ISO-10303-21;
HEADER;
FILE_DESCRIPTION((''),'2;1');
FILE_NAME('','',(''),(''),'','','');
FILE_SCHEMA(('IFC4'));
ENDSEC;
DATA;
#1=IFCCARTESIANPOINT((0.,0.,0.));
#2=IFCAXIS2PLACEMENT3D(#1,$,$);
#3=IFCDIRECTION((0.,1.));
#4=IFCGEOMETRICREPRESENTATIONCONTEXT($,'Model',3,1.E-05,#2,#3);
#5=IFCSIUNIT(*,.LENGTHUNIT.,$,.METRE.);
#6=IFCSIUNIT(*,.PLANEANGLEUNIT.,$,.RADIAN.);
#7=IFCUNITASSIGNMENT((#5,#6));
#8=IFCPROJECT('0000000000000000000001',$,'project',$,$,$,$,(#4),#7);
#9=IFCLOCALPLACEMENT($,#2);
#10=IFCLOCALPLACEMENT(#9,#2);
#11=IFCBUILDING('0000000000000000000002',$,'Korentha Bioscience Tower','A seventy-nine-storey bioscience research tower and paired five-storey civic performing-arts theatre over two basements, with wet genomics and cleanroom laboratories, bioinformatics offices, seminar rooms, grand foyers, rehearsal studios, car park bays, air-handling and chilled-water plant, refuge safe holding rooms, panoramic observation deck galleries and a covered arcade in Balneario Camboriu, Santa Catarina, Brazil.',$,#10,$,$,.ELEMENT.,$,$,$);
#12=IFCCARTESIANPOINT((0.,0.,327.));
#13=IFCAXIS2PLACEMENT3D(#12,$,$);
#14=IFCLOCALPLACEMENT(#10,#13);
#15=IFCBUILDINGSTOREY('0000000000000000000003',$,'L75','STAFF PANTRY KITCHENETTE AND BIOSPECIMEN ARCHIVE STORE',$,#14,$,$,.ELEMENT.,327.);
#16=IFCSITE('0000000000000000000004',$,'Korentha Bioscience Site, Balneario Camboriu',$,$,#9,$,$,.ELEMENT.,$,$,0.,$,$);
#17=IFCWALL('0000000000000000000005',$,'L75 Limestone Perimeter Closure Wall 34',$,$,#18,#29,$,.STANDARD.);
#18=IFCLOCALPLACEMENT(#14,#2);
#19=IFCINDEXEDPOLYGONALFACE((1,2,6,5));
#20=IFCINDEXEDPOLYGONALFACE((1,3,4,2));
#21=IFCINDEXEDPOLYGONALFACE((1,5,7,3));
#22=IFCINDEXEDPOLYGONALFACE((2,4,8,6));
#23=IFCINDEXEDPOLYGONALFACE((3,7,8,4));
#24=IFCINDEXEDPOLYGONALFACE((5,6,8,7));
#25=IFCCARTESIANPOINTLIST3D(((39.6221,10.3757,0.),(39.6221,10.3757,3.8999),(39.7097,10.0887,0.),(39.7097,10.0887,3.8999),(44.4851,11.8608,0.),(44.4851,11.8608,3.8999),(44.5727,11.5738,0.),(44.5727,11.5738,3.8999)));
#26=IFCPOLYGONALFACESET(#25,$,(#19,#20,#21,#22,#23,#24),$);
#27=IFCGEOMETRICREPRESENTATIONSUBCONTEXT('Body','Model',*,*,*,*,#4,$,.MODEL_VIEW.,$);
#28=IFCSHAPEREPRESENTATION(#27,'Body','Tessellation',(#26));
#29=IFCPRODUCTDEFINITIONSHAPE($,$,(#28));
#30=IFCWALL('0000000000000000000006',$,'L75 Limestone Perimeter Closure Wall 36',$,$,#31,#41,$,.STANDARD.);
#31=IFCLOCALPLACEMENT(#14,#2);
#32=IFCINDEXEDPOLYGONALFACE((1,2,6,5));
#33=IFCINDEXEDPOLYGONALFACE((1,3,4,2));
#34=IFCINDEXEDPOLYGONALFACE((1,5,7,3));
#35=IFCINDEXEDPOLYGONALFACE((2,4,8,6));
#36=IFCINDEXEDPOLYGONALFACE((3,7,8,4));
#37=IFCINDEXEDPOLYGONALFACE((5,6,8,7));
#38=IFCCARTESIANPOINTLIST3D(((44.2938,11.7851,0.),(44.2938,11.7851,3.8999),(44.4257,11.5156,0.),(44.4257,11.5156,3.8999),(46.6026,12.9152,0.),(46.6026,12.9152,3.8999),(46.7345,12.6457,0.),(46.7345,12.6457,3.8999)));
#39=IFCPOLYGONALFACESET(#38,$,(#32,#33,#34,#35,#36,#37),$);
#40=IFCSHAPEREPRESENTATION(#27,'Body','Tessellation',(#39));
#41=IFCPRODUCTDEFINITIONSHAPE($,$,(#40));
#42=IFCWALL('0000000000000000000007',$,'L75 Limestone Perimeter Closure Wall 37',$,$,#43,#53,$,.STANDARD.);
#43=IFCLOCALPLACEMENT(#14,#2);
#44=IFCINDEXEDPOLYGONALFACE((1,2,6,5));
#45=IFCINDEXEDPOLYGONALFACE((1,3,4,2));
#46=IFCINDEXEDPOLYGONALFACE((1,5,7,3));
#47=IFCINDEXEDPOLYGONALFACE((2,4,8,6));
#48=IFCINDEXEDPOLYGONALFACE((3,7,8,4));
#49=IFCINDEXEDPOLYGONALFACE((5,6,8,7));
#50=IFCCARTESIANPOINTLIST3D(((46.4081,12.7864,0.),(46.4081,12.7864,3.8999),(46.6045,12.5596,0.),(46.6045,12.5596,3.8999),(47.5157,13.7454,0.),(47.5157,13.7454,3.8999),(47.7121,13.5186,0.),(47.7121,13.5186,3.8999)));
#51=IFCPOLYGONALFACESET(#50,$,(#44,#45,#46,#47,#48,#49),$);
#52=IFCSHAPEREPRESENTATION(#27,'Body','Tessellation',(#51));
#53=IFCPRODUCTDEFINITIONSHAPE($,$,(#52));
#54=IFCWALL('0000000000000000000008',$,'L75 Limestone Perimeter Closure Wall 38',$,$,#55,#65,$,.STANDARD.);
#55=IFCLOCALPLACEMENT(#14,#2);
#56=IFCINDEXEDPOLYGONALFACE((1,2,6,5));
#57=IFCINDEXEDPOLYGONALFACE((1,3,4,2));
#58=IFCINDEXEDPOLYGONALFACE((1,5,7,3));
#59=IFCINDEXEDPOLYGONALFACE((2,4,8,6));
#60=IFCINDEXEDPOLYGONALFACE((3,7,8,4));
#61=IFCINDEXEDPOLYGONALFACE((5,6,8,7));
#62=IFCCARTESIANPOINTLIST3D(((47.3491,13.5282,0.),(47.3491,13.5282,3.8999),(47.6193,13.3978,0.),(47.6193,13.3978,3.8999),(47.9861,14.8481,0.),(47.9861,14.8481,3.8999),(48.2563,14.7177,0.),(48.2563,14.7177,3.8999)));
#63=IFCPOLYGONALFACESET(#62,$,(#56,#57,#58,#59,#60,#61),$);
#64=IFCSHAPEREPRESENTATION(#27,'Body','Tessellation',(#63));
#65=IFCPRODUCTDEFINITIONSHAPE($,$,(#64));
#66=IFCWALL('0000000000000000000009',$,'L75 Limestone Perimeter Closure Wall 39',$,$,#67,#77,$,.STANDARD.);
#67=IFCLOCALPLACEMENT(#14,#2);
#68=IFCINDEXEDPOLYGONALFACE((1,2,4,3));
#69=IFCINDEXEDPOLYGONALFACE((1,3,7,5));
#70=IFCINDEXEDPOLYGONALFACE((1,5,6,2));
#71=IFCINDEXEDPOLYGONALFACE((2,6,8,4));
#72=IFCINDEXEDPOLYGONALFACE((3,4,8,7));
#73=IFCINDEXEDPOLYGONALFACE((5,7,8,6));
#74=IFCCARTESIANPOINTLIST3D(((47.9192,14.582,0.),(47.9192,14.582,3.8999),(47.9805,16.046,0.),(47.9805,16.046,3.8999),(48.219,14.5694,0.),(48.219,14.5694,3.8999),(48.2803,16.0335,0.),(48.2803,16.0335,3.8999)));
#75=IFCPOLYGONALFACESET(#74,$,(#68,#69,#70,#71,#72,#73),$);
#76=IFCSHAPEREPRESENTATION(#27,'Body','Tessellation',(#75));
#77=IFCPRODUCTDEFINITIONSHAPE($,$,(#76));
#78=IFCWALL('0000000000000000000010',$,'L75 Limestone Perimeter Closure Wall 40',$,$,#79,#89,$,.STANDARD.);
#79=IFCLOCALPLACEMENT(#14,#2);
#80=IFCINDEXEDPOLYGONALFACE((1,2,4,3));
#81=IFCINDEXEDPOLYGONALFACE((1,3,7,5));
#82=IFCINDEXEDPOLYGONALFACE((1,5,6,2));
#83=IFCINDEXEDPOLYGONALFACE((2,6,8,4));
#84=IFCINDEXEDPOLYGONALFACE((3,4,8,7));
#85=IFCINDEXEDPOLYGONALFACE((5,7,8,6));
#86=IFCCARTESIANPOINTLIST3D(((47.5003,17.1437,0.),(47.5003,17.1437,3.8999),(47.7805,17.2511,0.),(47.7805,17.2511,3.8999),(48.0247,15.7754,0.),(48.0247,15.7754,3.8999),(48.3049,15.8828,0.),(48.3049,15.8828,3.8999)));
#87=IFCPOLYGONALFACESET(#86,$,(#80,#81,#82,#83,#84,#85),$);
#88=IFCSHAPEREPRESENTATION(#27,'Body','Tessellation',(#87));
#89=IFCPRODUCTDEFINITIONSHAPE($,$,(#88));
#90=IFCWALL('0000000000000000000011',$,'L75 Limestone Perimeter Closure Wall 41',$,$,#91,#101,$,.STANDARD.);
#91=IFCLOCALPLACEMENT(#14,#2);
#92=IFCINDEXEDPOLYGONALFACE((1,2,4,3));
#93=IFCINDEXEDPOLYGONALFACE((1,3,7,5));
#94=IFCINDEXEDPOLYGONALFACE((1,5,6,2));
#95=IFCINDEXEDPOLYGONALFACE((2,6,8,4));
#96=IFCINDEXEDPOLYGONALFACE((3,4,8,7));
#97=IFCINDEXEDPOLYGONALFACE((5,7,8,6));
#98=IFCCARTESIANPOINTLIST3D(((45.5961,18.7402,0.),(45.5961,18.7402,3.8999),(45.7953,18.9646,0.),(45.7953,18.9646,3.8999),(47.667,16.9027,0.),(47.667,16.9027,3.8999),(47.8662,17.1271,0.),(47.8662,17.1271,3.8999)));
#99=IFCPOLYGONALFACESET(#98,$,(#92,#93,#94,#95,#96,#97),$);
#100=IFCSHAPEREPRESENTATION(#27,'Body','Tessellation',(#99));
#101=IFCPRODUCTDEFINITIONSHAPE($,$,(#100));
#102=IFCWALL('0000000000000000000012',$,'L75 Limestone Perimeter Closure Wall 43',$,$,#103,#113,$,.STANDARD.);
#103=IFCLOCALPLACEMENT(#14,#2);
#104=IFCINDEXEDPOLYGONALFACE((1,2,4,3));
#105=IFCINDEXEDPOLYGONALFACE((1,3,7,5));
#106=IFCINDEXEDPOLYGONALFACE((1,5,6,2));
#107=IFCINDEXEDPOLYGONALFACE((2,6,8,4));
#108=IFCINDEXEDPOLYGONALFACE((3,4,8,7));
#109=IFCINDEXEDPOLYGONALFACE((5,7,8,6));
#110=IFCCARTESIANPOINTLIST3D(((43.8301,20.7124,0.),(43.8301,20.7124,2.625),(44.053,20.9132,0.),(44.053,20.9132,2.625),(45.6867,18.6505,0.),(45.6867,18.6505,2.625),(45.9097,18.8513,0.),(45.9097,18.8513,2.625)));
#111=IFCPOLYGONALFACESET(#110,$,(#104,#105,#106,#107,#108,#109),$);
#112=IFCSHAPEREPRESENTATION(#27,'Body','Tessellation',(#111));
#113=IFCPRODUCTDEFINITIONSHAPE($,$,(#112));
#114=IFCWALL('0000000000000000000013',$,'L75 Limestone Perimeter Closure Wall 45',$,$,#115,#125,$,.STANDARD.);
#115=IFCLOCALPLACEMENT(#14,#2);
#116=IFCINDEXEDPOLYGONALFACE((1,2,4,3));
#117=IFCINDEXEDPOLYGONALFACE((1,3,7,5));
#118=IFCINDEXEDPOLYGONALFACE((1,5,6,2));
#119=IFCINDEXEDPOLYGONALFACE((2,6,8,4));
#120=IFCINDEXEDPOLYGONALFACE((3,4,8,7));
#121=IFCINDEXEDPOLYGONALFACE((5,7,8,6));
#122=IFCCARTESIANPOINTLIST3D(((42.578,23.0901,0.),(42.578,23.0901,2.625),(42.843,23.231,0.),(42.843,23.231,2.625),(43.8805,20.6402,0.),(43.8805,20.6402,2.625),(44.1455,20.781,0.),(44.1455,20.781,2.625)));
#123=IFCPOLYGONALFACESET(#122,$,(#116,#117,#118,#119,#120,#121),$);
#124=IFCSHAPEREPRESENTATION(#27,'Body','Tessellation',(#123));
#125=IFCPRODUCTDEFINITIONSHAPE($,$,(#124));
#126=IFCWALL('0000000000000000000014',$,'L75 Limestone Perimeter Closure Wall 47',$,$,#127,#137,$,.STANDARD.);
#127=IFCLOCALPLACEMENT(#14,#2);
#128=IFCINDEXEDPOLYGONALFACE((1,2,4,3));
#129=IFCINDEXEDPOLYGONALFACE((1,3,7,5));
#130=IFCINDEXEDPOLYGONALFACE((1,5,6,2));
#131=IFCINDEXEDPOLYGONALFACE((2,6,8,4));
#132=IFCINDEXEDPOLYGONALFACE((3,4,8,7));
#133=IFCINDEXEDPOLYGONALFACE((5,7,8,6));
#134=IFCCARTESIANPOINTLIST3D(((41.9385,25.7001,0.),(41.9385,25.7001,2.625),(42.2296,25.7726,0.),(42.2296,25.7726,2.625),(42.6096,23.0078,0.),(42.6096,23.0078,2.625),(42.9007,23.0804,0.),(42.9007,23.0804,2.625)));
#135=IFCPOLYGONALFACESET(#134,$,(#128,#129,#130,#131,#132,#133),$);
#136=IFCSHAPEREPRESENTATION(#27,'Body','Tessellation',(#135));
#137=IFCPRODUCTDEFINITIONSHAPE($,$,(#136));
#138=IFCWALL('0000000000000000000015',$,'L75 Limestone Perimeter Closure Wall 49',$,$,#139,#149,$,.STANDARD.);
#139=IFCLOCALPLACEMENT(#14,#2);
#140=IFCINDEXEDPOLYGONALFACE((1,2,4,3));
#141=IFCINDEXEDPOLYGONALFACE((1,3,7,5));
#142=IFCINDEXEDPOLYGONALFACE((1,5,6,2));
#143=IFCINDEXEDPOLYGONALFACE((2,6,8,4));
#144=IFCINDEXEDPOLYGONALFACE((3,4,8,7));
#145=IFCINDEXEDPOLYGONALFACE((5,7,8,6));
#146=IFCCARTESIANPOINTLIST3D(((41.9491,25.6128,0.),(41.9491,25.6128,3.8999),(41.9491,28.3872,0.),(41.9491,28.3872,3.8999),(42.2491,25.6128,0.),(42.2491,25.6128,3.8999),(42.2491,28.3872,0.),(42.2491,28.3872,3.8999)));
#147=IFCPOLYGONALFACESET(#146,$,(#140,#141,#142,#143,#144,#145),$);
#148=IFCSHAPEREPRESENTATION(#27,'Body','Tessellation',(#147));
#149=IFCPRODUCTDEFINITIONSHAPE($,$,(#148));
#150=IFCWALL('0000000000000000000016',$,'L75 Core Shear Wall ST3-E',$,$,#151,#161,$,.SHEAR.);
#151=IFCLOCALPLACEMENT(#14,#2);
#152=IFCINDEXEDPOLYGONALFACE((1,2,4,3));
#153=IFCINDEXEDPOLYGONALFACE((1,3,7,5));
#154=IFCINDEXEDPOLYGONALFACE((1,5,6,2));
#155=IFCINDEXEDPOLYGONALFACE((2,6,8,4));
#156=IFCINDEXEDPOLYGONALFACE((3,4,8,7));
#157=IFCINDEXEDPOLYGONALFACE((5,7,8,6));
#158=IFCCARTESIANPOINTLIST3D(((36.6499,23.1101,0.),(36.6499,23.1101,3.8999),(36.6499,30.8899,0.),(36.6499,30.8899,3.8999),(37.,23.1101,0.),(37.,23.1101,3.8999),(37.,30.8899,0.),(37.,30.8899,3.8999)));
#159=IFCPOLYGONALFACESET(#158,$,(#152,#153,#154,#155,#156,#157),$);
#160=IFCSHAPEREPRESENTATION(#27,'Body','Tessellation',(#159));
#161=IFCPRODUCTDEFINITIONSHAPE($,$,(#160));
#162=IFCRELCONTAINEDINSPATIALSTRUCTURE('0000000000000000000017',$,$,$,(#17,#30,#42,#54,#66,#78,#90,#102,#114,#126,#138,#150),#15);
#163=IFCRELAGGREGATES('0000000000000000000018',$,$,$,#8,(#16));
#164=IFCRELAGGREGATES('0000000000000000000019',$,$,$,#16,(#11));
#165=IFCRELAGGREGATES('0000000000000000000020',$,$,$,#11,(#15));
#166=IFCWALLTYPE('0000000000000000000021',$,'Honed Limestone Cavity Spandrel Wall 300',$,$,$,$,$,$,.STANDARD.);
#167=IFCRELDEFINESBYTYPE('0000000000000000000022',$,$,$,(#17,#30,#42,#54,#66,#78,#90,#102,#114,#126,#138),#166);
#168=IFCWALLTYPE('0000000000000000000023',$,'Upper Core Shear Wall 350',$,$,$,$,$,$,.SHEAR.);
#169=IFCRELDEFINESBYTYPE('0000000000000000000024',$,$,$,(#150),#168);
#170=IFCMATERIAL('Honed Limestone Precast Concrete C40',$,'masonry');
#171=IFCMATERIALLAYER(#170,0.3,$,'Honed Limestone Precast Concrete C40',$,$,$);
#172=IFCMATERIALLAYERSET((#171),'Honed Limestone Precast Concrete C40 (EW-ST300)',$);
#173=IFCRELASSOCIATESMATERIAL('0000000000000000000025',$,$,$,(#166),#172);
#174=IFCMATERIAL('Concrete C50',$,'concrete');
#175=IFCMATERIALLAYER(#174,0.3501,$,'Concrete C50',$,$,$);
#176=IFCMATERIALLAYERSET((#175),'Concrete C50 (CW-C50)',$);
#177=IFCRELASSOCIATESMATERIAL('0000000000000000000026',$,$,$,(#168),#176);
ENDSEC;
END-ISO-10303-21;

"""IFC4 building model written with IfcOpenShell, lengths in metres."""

from ifc_helpers import new_model, si_unit, direction, frame, frame_2d, origin, place, context, subcontext, project, spatial, rectangle, extrude, material, layer, layer_set, type_object, element, save


model = new_model("IFC4")

# Units and contexts
model_context = context("Model", 3, precision=1e-05, world=origin(), true_north=direction((0.0, 1.0)))
body_context = subcontext(model_context, "Body", "Model", "MODEL_VIEW")
ifc_project = project(units=[si_unit("LENGTHUNIT", "METRE"), si_unit("PLANEANGLEUNIT", "RADIAN")], contexts=[model_context])

# Site, building, storey
site_placement = place(None, origin())
site = spatial("IfcSite", under=ifc_project, at=site_placement, Name="Korentha Bioscience Site, Balneario Camboriu", CompositionType="ELEMENT", RefElevation=0.0)
building_placement = place(site_placement, origin())
building = spatial("IfcBuilding", under=site, at=building_placement, Name="Korentha Bioscience Tower", Description="A seventy-nine-storey bioscience research tower and paired five-storey civic performing-arts theatre over two basements, with wet genomics and cleanroom laboratories, bioinformatics offices, seminar rooms, grand foyers, rehearsal studios, car park bays, air-handling and chilled-water plant, refuge safe holding rooms, panoramic observation deck galleries and a covered arcade in Balneario Camboriu, Santa Catarina, Brazil.", CompositionType="ELEMENT")
storey_placement = place(building_placement, frame((0.0, 0.0, 327.0)))
storey = spatial("IfcBuildingStorey", under=building, at=storey_placement, Name="L75", Description="STAFF PANTRY KITCHENETTE AND BIOSPECIMEN ARCHIVE STORE", CompositionType="ELEMENT", Elevation=327.0)

# Shared definitions
ifc_material_1 = material(Name="Concrete C50", Category="concrete")

# Walls
ifc_material_2 = material(Name="Honed Limestone Precast Concrete C40", Category="masonry")
ifc_layer_1 = layer(ifc_material_2, 0.3, Name="Honed Limestone Precast Concrete C40")
ifc_layer_set_1 = layer_set([ifc_layer_1], Name="Honed Limestone Precast Concrete C40 (EW-ST300)")
wall_type_1 = type_object("IfcWallType", Name="Honed Limestone Cavity Spandrel Wall 300", PredefinedType="STANDARD", material=ifc_layer_set_1)
wall_1_placement = place(storey_placement, frame((39.6658, 10.2322, 0.0), z_axis=(0.0, 0.0, 1.0), x_axis=(0.956397, 0.292071, 0.0)))
element("IfcWall", 1, at=wall_1_placement, inside=storey, type_object=wall_type_1, Name="L75 Limestone Perimeter Closure Wall 34", PredefinedType="STANDARD", context=body_context, shape_type="SweptSolid", body=[
    extrude(rectangle(XDim=5.0847, YDim=0.3, at=frame_2d((2.5425, 0.0))), origin(), (0.0, 0.0, 1.0), 3.8999),
])
wall_2_placement = place(storey_placement, frame((44.3599, 11.6504, 0.0), z_axis=(0.0, 0.0, 1.0), x_axis=(0.898175, 0.439638, 0.0)))
element("IfcWall", 2, at=wall_2_placement, inside=storey, type_object=wall_type_1, Name="L75 Limestone Perimeter Closure Wall 36", PredefinedType="STANDARD", context=body_context, shape_type="SweptSolid", body=[
    extrude(rectangle(XDim=2.5706, YDim=0.3, at=frame_2d((1.2852, 0.0))), origin(), (0.0, 0.0, 1.0), 3.8999),
])
wall_3_placement = place(storey_placement, frame((46.5063, 12.6731, 0.0), z_axis=(0.0, 0.0, 1.0), x_axis=(0.756024, 0.654543, 0.0)))
element("IfcWall", 3, at=wall_3_placement, inside=storey, type_object=wall_type_1, Name="L75 Limestone Perimeter Closure Wall 37", PredefinedType="STANDARD", context=body_context, shape_type="SweptSolid", body=[
    extrude(rectangle(XDim=1.4651, YDim=0.3, at=frame_2d((0.7324, 0.0))), origin(), (0.0, 0.0, 1.0), 3.8999),
])
wall_4_placement = place(storey_placement, frame((47.4841, 13.4629, 0.0), z_axis=(0.0, 0.0, 1.0), x_axis=(0.434642, 0.900603, 0.0)))
element("IfcWall", 4, at=wall_4_placement, inside=storey, type_object=wall_type_1, Name="L75 Limestone Perimeter Closure Wall 38", PredefinedType="STANDARD", context=body_context, shape_type="SweptSolid", body=[
    extrude(rectangle(XDim=1.4656, YDim=0.3, at=frame_2d((0.7329, 0.0))), origin(), (0.0, 0.0, 1.0), 3.8999),
])
for number, where, z_axis, x_axis, name in (
    (5, (48.0691, 14.5757, 0.0), (0.0, 0.0, 1.0), (0.041818, 0.999125, 0.0), "L75 Limestone Perimeter Closure Wall 39"),
    (6, (48.1648, 15.8291, 0.0), (0.0, 0.0, 1.0), (-0.357851, 0.933779, 0.0), "L75 Limestone Perimeter Closure Wall 40"),
):
    element("IfcWall", number, at=place(storey_placement, frame(where, z_axis=z_axis, x_axis=x_axis)), inside=storey, type_object=wall_type_1, Name=name, PredefinedType="STANDARD", context=body_context, shape_type="SweptSolid", body=[
        extrude(rectangle(XDim=1.4653, YDim=0.3, at=frame_2d((0.7327, 0.0))), origin(), (0.0, 0.0, 1.0), 3.8999),
    ])
wall_5_placement = place(storey_placement, frame((47.7666, 17.0149, 0.0), z_axis=(0.0, 0.0, 1.0), x_axis=(-0.748003, 0.663696, 0.0)))
element("IfcWall", 7, at=wall_5_placement, inside=storey, type_object=wall_type_1, Name="L75 Limestone Perimeter Closure Wall 41", PredefinedType="STANDARD", context=body_context, shape_type="SweptSolid", body=[
    extrude(rectangle(XDim=2.7686, YDim=0.3, at=frame_2d((1.3843, 0.0))), origin(), (0.0, 0.0, 1.0), 3.8999),
])
for number, where, z_axis, x_axis, name in (
    (8, (45.7981, 18.751, 0.0), (0.0, 0.0, 1.0), (-0.66914, 0.743137, 0.0), "L75 Limestone Perimeter Closure Wall 43"),
    (9, (44.0129, 20.7107, 0.0), (0.0, 0.0, 1.0), (-0.469423, 0.882973, 0.0), "L75 Limestone Perimeter Closure Wall 45"),
    (10, (42.7551, 23.0442, 0.0), (0.0, 0.0, 1.0), (-0.241873, 0.970308, 0.0), "L75 Limestone Perimeter Closure Wall 47"),
):
    element("IfcWall", number, at=place(storey_placement, frame(where, z_axis=z_axis, x_axis=x_axis)), inside=storey, type_object=wall_type_1, Name=name, PredefinedType="STANDARD", context=body_context, shape_type="SweptSolid", body=[
        extrude(rectangle(XDim=2.7747, YDim=0.3, at=frame_2d((1.3872, 0.0))), origin(), (0.0, 0.0, 1.0), 2.625),
    ])
wall_6_placement = place(storey_placement, frame((42.0991, 25.6128, 0.0), z_axis=(0.0, 0.0, 1.0), x_axis=(0.0, 1.0, 0.0)))
element("IfcWall", 11, at=wall_6_placement, inside=storey, type_object=wall_type_1, Name="L75 Limestone Perimeter Closure Wall 49", PredefinedType="STANDARD", context=body_context, shape_type="SweptSolid", body=[
    extrude(rectangle(XDim=2.7744, YDim=0.3, at=frame_2d((1.3872, 0.0))), origin(), (0.0, 0.0, 1.0), 3.8999),
])
ifc_layer_2 = layer(ifc_material_1, 0.3501, Name="Concrete C50")
ifc_layer_set_2 = layer_set([ifc_layer_2], Name="Concrete C50 (CW-C50)")
wall_type_2 = type_object("IfcWallType", Name="Upper Core Shear Wall 350", PredefinedType="SHEAR", material=ifc_layer_set_2)
wall_7_placement = place(storey_placement, frame((36.825, 23.1101, 0.0), z_axis=(0.0, 0.0, 1.0), x_axis=(0.0, 1.0, 0.0)))
element("IfcWall", 12, at=wall_7_placement, inside=storey, type_object=wall_type_2, Name="L75 Core Shear Wall ST3-E", PredefinedType="SHEAR", context=body_context, shape_type="SweptSolid", body=[
    extrude(rectangle(XDim=7.7798, YDim=0.3501, at=frame_2d((3.8899, 0.0))), origin(), (0.0, 0.0, 1.0), 3.8999),
])

save(model, "model.ifc")
